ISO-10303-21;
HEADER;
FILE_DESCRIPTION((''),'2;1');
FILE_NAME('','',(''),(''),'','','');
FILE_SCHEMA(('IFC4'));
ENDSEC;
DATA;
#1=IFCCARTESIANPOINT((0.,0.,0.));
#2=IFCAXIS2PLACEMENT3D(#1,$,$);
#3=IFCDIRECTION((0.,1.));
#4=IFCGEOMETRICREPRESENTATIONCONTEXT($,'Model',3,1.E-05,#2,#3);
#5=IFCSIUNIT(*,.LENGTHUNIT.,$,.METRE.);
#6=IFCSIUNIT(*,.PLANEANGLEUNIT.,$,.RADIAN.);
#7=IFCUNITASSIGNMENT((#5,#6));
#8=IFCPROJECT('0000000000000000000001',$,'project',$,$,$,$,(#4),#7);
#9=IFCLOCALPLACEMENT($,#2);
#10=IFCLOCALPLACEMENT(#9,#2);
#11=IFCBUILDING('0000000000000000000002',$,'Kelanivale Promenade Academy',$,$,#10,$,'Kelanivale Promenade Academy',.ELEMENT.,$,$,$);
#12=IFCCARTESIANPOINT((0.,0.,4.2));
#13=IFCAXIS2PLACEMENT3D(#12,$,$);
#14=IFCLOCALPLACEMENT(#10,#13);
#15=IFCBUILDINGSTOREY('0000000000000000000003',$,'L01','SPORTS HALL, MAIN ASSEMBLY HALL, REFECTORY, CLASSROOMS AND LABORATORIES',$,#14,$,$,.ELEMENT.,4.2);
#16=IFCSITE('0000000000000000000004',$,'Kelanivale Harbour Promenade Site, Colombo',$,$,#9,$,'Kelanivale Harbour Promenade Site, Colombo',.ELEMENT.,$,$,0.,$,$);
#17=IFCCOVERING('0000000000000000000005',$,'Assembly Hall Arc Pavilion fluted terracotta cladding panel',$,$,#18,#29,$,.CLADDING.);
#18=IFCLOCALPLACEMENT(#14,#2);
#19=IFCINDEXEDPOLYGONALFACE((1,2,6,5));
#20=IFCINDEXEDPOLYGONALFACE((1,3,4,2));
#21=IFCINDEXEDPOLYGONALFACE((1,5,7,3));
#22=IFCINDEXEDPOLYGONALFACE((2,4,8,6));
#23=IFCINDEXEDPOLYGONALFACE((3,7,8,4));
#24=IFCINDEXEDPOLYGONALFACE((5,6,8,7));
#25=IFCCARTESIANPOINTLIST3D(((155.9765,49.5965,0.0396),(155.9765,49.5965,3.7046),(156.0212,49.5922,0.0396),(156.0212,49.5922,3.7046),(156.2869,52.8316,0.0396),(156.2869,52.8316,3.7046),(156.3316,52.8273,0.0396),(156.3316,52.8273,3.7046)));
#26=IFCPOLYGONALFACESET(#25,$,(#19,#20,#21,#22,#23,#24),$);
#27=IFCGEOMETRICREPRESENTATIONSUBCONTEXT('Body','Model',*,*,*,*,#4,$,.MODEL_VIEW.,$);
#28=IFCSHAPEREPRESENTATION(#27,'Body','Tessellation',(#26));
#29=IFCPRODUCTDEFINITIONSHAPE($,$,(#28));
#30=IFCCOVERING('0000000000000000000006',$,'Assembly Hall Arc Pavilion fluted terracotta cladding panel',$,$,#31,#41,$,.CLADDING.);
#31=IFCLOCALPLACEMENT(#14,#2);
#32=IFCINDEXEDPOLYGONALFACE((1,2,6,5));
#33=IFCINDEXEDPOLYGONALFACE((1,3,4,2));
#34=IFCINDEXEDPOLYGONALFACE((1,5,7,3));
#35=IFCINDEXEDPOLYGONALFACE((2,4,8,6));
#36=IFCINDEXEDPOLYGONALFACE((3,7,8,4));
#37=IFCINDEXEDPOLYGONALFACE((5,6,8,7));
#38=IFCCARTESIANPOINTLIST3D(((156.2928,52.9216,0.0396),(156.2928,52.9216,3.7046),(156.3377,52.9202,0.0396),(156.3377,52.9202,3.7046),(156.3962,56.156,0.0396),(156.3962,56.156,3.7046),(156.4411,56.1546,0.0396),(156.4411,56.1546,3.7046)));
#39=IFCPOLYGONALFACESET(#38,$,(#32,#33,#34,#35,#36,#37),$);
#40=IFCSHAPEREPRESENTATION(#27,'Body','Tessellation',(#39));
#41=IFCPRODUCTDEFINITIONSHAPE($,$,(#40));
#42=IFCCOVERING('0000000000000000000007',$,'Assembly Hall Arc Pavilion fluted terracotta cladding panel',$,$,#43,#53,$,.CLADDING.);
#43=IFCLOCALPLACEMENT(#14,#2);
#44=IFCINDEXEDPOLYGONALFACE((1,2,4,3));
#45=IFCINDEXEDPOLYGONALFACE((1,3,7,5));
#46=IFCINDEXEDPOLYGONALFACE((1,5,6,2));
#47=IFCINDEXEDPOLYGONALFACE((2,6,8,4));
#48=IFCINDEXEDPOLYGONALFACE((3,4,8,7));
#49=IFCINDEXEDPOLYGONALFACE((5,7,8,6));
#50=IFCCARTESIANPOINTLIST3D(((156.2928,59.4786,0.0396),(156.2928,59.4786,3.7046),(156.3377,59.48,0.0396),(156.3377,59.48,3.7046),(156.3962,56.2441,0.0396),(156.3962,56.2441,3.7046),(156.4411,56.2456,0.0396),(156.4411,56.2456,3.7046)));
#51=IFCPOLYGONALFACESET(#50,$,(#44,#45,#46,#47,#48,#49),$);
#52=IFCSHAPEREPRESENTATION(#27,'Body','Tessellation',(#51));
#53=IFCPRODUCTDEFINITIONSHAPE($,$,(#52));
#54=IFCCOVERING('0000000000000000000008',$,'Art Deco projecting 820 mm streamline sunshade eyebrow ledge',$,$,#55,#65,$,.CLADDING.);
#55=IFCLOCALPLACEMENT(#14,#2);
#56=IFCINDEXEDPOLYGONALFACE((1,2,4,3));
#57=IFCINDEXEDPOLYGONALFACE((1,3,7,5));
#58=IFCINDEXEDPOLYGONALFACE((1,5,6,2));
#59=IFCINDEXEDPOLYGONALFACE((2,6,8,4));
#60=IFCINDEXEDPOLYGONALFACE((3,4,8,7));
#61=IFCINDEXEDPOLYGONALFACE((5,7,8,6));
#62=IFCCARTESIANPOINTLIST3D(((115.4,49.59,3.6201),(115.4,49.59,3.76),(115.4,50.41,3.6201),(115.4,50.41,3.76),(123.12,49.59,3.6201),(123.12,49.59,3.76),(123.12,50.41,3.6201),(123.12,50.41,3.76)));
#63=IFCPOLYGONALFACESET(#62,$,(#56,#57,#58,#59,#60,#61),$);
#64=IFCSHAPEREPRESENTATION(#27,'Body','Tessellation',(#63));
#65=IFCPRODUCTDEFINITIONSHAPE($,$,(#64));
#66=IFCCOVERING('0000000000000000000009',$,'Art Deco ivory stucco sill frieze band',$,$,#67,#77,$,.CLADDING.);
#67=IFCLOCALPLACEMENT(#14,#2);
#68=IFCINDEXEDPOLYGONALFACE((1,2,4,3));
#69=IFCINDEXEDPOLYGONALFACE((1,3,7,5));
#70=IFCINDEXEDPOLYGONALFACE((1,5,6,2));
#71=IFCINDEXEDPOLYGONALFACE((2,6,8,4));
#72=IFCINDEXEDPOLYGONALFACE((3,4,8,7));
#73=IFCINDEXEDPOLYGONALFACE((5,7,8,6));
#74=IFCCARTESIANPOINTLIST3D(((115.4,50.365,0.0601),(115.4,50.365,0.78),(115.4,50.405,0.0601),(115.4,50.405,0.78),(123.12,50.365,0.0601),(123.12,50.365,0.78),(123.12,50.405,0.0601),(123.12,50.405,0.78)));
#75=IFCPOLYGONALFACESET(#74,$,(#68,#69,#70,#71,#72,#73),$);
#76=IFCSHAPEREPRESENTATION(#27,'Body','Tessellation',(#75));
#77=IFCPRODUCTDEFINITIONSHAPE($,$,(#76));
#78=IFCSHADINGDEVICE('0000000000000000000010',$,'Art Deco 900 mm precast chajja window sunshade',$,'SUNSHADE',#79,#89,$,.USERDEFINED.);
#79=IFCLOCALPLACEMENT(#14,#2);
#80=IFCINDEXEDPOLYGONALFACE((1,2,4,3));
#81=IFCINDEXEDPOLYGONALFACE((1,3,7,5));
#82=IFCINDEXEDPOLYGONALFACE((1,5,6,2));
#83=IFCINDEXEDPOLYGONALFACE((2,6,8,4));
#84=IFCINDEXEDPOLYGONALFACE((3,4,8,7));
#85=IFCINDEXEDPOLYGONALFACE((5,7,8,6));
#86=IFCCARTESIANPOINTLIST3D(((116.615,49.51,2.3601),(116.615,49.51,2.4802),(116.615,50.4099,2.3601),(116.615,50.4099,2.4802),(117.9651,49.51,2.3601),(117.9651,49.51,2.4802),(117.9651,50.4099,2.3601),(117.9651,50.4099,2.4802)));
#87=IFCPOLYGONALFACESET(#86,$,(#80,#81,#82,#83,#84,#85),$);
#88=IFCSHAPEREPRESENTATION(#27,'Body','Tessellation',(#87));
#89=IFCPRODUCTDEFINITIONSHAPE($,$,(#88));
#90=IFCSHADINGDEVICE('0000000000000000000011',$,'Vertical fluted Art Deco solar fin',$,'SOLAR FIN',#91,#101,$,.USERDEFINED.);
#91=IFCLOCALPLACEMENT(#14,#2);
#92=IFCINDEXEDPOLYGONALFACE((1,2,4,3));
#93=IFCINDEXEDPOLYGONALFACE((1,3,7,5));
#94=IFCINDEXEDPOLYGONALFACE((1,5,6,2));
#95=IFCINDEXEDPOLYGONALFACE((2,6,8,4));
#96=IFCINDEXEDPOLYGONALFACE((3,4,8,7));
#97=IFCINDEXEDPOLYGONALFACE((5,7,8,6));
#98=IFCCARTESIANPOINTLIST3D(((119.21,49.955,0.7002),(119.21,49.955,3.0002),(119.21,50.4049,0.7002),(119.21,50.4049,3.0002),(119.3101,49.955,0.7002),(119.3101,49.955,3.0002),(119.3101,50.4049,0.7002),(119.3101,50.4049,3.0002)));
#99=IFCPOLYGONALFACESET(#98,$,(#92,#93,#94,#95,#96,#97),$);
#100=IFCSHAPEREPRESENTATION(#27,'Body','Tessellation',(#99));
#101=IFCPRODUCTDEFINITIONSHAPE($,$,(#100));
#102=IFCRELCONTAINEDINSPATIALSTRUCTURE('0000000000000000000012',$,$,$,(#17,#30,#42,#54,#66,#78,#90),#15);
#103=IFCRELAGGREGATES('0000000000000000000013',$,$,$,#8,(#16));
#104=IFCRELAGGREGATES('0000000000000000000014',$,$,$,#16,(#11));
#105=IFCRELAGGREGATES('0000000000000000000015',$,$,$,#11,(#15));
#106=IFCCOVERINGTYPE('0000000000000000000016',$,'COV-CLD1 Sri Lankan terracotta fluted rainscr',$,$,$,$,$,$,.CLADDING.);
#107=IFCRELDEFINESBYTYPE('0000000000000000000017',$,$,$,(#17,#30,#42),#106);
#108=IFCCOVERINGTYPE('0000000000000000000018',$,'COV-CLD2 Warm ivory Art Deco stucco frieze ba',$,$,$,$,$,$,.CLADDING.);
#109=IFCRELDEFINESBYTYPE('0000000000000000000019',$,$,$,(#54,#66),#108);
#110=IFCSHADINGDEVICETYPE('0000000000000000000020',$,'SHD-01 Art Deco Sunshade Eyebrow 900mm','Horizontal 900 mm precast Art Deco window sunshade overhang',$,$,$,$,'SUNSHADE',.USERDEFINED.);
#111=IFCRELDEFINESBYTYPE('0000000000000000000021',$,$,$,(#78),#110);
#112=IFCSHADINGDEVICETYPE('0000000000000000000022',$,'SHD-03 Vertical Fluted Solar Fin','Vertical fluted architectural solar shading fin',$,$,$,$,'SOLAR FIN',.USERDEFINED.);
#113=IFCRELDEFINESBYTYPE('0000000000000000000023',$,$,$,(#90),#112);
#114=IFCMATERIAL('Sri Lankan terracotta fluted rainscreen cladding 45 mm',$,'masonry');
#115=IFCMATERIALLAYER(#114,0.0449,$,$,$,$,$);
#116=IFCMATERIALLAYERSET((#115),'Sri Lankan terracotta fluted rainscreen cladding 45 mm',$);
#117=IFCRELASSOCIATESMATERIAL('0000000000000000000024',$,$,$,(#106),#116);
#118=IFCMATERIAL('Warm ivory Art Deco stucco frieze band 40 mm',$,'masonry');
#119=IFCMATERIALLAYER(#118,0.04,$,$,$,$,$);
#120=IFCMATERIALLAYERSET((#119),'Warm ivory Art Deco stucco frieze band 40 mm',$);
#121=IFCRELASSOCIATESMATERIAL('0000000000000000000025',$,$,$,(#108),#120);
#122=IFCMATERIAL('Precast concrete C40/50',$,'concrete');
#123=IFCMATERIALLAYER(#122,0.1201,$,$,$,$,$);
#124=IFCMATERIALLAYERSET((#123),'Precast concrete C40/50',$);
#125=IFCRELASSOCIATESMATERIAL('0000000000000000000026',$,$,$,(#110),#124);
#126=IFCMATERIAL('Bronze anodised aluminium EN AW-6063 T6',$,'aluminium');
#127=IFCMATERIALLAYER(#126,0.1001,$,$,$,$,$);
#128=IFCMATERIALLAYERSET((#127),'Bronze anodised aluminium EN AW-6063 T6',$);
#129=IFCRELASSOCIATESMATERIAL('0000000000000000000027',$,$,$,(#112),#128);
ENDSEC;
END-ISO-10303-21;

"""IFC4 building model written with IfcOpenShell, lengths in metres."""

from ifc_helpers import new_model, si_unit, direction, frame, origin, origin_2d, place, context, subcontext, project, spatial, rectangle, extrude, material, layer, layer_set, type_object, element, save


model = new_model("IFC4")

# Units and contexts
model_context = context("Model", 3, precision=1e-05, world=origin(), true_north=direction((0.0, 1.0)))
body_context = subcontext(model_context, "Body", "Model", "MODEL_VIEW")
ifc_project = project(units=[si_unit("LENGTHUNIT", "METRE"), si_unit("PLANEANGLEUNIT", "RADIAN")], contexts=[model_context])

# Site, building, storey
site_placement = place(None, origin())
site = spatial("IfcSite", under=ifc_project, at=site_placement, Name="Kelanivale Harbour Promenade Site, Colombo", LongName="Kelanivale Harbour Promenade Site, Colombo", CompositionType="ELEMENT", RefElevation=0.0)
building_placement = place(site_placement, origin())
building = spatial("IfcBuilding", under=site, at=building_placement, Name="Kelanivale Promenade Academy", LongName="Kelanivale Promenade Academy", CompositionType="ELEMENT")
storey_placement = place(building_placement, frame((0.0, 0.0, 4.2)))
storey = spatial("IfcBuildingStorey", under=building, at=storey_placement, Name="L01", Description="SPORTS HALL, MAIN ASSEMBLY HALL, REFECTORY, CLASSROOMS AND LABORATORIES", CompositionType="ELEMENT", Elevation=4.2)

# Coverings
ifc_material_1 = material(Name="Sri Lankan terracotta fluted rainscreen cladding 45 mm", Category="masonry")
ifc_layer_1 = layer(ifc_material_1, 0.0449)
ifc_layer_set_1 = layer_set([ifc_layer_1], Name="Sri Lankan terracotta fluted rainscreen cladding 45 mm")
covering_type_1 = type_object("IfcCoveringType", Name="COV-CLD1 Sri Lankan terracotta fluted rainscr", PredefinedType="CLADDING", material=ifc_layer_set_1)
covering_1_placement = place(storey_placement, frame((156.1541, 51.2119, 0.0396), z_axis=(0.0, 0.0, 1.0), x_axis=(0.095498, 0.99543, 0.0)))
element("IfcCovering", 1, at=covering_1_placement, inside=storey, type_object=covering_type_1, Name="Assembly Hall Arc Pavilion fluted terracotta cladding panel", PredefinedType="CLADDING", context=body_context, shape_type="SweptSolid", body=[
    extrude(rectangle(XDim=3.25, YDim=0.0449, at=origin_2d()), origin(), (0.0, 0.0, 1.0), 3.665),
])
for number, where, z_axis, x_axis, name in (
    (2, (156.3669, 54.5381, 0.0396), (0.0, 0.0, 1.0), (0.031934, 0.99949, 0.0), "Assembly Hall Arc Pavilion fluted terracotta cladding panel"),
    (3, (156.3669, 57.8621, 0.0396), (0.0, 0.0, 1.0), (-0.031934, 0.99949, 0.0), "Assembly Hall Arc Pavilion fluted terracotta cladding panel"),
):
    element("IfcCovering", number, at=place(storey_placement, frame(where, z_axis=z_axis, x_axis=x_axis)), inside=storey, type_object=covering_type_1, Name=name, PredefinedType="CLADDING", context=body_context, shape_type="SweptSolid", body=[
        extrude(rectangle(XDim=3.2361, YDim=0.0449, at=origin_2d()), origin(), (0.0, 0.0, 1.0), 3.665),
    ])
ifc_material_2 = material(Name="Warm ivory Art Deco stucco frieze band 40 mm", Category="masonry")
ifc_layer_2 = layer(ifc_material_2, 0.04)
ifc_layer_set_2 = layer_set([ifc_layer_2], Name="Warm ivory Art Deco stucco frieze band 40 mm")
covering_type_2 = type_object("IfcCoveringType", Name="COV-CLD2 Warm ivory Art Deco stucco frieze ba", PredefinedType="CLADDING", material=ifc_layer_set_2)
covering_2_placement = place(storey_placement, frame((119.26, 50.0, 3.6201), z_axis=(0.0, 0.0, 1.0), x_axis=(1.0, 0.0, 0.0)))
element("IfcCovering", 4, at=covering_2_placement, inside=storey, type_object=covering_type_2, Name="Art Deco projecting 820 mm streamline sunshade eyebrow ledge", PredefinedType="CLADDING", context=body_context, shape_type="SweptSolid", body=[
    extrude(rectangle(XDim=7.72, YDim=0.8201, at=origin_2d()), origin(), (0.0, 0.0, 1.0), 0.1399),
])
covering_3_placement = place(storey_placement, frame((119.26, 50.385, 0.0601), z_axis=(0.0, 0.0, 1.0), x_axis=(1.0, 0.0, 0.0)))
element("IfcCovering", 5, at=covering_3_placement, inside=storey, type_object=covering_type_2, Name="Art Deco ivory stucco sill frieze band", PredefinedType="CLADDING", context=body_context, shape_type="SweptSolid", body=[
    extrude(rectangle(XDim=7.72, YDim=0.04, at=origin_2d()), origin(), (0.0, 0.0, 1.0), 0.72),
])

# Shading devices
ifc_material_3 = material(Name="Precast concrete C40/50", Category="concrete")
ifc_layer_3 = layer(ifc_material_3, 0.1201)
ifc_layer_set_3 = layer_set([ifc_layer_3], Name="Precast concrete C40/50")
shading_device_type_1 = type_object("IfcShadingDeviceType", Name="SHD-01 Art Deco Sunshade Eyebrow 900mm", Description="Horizontal 900 mm precast Art Deco window sunshade overhang", ElementType="SUNSHADE", PredefinedType="USERDEFINED", material=ifc_layer_set_3)
shading_device_1_placement = place(storey_placement, frame((117.29, 49.96, 2.3601), z_axis=(0.0, 0.0, 1.0), x_axis=(1.0, 0.0, 0.0)))
element("IfcShadingDevice", 6, at=shading_device_1_placement, inside=storey, type_object=shading_device_type_1, Name="Art Deco 900 mm precast chajja window sunshade", ObjectType="SUNSHADE", PredefinedType="USERDEFINED", context=body_context, shape_type="SweptSolid", body=[
    extrude(rectangle(XDim=1.3501, YDim=0.8999, at=origin_2d()), origin(), (0.0, 0.0, 1.0), 0.1201),
])
ifc_material_4 = material(Name="Bronze anodised aluminium EN AW-6063 T6", Category="aluminium")
ifc_layer_4 = layer(ifc_material_4, 0.1001)
ifc_layer_set_4 = layer_set([ifc_layer_4], Name="Bronze anodised aluminium EN AW-6063 T6")
shading_device_type_2 = type_object("IfcShadingDeviceType", Name="SHD-03 Vertical Fluted Solar Fin", Description="Vertical fluted architectural solar shading fin", ElementType="SOLAR FIN", PredefinedType="USERDEFINED", material=ifc_layer_set_4)
shading_device_2_placement = place(storey_placement, frame((119.26, 50.1799, 0.7002), z_axis=(0.0, 0.0, 1.0), x_axis=(1.0, 0.0, 0.0)))
element("IfcShadingDevice", 7, at=shading_device_2_placement, inside=storey, type_object=shading_device_type_2, Name="Vertical fluted Art Deco solar fin", ObjectType="SOLAR FIN", PredefinedType="USERDEFINED", context=body_context, shape_type="SweptSolid", body=[
    extrude(rectangle(XDim=0.1001, YDim=0.45, at=origin_2d()), origin(), (0.0, 0.0, 1.0), 2.3),
])

save(model, "model.ifc")
